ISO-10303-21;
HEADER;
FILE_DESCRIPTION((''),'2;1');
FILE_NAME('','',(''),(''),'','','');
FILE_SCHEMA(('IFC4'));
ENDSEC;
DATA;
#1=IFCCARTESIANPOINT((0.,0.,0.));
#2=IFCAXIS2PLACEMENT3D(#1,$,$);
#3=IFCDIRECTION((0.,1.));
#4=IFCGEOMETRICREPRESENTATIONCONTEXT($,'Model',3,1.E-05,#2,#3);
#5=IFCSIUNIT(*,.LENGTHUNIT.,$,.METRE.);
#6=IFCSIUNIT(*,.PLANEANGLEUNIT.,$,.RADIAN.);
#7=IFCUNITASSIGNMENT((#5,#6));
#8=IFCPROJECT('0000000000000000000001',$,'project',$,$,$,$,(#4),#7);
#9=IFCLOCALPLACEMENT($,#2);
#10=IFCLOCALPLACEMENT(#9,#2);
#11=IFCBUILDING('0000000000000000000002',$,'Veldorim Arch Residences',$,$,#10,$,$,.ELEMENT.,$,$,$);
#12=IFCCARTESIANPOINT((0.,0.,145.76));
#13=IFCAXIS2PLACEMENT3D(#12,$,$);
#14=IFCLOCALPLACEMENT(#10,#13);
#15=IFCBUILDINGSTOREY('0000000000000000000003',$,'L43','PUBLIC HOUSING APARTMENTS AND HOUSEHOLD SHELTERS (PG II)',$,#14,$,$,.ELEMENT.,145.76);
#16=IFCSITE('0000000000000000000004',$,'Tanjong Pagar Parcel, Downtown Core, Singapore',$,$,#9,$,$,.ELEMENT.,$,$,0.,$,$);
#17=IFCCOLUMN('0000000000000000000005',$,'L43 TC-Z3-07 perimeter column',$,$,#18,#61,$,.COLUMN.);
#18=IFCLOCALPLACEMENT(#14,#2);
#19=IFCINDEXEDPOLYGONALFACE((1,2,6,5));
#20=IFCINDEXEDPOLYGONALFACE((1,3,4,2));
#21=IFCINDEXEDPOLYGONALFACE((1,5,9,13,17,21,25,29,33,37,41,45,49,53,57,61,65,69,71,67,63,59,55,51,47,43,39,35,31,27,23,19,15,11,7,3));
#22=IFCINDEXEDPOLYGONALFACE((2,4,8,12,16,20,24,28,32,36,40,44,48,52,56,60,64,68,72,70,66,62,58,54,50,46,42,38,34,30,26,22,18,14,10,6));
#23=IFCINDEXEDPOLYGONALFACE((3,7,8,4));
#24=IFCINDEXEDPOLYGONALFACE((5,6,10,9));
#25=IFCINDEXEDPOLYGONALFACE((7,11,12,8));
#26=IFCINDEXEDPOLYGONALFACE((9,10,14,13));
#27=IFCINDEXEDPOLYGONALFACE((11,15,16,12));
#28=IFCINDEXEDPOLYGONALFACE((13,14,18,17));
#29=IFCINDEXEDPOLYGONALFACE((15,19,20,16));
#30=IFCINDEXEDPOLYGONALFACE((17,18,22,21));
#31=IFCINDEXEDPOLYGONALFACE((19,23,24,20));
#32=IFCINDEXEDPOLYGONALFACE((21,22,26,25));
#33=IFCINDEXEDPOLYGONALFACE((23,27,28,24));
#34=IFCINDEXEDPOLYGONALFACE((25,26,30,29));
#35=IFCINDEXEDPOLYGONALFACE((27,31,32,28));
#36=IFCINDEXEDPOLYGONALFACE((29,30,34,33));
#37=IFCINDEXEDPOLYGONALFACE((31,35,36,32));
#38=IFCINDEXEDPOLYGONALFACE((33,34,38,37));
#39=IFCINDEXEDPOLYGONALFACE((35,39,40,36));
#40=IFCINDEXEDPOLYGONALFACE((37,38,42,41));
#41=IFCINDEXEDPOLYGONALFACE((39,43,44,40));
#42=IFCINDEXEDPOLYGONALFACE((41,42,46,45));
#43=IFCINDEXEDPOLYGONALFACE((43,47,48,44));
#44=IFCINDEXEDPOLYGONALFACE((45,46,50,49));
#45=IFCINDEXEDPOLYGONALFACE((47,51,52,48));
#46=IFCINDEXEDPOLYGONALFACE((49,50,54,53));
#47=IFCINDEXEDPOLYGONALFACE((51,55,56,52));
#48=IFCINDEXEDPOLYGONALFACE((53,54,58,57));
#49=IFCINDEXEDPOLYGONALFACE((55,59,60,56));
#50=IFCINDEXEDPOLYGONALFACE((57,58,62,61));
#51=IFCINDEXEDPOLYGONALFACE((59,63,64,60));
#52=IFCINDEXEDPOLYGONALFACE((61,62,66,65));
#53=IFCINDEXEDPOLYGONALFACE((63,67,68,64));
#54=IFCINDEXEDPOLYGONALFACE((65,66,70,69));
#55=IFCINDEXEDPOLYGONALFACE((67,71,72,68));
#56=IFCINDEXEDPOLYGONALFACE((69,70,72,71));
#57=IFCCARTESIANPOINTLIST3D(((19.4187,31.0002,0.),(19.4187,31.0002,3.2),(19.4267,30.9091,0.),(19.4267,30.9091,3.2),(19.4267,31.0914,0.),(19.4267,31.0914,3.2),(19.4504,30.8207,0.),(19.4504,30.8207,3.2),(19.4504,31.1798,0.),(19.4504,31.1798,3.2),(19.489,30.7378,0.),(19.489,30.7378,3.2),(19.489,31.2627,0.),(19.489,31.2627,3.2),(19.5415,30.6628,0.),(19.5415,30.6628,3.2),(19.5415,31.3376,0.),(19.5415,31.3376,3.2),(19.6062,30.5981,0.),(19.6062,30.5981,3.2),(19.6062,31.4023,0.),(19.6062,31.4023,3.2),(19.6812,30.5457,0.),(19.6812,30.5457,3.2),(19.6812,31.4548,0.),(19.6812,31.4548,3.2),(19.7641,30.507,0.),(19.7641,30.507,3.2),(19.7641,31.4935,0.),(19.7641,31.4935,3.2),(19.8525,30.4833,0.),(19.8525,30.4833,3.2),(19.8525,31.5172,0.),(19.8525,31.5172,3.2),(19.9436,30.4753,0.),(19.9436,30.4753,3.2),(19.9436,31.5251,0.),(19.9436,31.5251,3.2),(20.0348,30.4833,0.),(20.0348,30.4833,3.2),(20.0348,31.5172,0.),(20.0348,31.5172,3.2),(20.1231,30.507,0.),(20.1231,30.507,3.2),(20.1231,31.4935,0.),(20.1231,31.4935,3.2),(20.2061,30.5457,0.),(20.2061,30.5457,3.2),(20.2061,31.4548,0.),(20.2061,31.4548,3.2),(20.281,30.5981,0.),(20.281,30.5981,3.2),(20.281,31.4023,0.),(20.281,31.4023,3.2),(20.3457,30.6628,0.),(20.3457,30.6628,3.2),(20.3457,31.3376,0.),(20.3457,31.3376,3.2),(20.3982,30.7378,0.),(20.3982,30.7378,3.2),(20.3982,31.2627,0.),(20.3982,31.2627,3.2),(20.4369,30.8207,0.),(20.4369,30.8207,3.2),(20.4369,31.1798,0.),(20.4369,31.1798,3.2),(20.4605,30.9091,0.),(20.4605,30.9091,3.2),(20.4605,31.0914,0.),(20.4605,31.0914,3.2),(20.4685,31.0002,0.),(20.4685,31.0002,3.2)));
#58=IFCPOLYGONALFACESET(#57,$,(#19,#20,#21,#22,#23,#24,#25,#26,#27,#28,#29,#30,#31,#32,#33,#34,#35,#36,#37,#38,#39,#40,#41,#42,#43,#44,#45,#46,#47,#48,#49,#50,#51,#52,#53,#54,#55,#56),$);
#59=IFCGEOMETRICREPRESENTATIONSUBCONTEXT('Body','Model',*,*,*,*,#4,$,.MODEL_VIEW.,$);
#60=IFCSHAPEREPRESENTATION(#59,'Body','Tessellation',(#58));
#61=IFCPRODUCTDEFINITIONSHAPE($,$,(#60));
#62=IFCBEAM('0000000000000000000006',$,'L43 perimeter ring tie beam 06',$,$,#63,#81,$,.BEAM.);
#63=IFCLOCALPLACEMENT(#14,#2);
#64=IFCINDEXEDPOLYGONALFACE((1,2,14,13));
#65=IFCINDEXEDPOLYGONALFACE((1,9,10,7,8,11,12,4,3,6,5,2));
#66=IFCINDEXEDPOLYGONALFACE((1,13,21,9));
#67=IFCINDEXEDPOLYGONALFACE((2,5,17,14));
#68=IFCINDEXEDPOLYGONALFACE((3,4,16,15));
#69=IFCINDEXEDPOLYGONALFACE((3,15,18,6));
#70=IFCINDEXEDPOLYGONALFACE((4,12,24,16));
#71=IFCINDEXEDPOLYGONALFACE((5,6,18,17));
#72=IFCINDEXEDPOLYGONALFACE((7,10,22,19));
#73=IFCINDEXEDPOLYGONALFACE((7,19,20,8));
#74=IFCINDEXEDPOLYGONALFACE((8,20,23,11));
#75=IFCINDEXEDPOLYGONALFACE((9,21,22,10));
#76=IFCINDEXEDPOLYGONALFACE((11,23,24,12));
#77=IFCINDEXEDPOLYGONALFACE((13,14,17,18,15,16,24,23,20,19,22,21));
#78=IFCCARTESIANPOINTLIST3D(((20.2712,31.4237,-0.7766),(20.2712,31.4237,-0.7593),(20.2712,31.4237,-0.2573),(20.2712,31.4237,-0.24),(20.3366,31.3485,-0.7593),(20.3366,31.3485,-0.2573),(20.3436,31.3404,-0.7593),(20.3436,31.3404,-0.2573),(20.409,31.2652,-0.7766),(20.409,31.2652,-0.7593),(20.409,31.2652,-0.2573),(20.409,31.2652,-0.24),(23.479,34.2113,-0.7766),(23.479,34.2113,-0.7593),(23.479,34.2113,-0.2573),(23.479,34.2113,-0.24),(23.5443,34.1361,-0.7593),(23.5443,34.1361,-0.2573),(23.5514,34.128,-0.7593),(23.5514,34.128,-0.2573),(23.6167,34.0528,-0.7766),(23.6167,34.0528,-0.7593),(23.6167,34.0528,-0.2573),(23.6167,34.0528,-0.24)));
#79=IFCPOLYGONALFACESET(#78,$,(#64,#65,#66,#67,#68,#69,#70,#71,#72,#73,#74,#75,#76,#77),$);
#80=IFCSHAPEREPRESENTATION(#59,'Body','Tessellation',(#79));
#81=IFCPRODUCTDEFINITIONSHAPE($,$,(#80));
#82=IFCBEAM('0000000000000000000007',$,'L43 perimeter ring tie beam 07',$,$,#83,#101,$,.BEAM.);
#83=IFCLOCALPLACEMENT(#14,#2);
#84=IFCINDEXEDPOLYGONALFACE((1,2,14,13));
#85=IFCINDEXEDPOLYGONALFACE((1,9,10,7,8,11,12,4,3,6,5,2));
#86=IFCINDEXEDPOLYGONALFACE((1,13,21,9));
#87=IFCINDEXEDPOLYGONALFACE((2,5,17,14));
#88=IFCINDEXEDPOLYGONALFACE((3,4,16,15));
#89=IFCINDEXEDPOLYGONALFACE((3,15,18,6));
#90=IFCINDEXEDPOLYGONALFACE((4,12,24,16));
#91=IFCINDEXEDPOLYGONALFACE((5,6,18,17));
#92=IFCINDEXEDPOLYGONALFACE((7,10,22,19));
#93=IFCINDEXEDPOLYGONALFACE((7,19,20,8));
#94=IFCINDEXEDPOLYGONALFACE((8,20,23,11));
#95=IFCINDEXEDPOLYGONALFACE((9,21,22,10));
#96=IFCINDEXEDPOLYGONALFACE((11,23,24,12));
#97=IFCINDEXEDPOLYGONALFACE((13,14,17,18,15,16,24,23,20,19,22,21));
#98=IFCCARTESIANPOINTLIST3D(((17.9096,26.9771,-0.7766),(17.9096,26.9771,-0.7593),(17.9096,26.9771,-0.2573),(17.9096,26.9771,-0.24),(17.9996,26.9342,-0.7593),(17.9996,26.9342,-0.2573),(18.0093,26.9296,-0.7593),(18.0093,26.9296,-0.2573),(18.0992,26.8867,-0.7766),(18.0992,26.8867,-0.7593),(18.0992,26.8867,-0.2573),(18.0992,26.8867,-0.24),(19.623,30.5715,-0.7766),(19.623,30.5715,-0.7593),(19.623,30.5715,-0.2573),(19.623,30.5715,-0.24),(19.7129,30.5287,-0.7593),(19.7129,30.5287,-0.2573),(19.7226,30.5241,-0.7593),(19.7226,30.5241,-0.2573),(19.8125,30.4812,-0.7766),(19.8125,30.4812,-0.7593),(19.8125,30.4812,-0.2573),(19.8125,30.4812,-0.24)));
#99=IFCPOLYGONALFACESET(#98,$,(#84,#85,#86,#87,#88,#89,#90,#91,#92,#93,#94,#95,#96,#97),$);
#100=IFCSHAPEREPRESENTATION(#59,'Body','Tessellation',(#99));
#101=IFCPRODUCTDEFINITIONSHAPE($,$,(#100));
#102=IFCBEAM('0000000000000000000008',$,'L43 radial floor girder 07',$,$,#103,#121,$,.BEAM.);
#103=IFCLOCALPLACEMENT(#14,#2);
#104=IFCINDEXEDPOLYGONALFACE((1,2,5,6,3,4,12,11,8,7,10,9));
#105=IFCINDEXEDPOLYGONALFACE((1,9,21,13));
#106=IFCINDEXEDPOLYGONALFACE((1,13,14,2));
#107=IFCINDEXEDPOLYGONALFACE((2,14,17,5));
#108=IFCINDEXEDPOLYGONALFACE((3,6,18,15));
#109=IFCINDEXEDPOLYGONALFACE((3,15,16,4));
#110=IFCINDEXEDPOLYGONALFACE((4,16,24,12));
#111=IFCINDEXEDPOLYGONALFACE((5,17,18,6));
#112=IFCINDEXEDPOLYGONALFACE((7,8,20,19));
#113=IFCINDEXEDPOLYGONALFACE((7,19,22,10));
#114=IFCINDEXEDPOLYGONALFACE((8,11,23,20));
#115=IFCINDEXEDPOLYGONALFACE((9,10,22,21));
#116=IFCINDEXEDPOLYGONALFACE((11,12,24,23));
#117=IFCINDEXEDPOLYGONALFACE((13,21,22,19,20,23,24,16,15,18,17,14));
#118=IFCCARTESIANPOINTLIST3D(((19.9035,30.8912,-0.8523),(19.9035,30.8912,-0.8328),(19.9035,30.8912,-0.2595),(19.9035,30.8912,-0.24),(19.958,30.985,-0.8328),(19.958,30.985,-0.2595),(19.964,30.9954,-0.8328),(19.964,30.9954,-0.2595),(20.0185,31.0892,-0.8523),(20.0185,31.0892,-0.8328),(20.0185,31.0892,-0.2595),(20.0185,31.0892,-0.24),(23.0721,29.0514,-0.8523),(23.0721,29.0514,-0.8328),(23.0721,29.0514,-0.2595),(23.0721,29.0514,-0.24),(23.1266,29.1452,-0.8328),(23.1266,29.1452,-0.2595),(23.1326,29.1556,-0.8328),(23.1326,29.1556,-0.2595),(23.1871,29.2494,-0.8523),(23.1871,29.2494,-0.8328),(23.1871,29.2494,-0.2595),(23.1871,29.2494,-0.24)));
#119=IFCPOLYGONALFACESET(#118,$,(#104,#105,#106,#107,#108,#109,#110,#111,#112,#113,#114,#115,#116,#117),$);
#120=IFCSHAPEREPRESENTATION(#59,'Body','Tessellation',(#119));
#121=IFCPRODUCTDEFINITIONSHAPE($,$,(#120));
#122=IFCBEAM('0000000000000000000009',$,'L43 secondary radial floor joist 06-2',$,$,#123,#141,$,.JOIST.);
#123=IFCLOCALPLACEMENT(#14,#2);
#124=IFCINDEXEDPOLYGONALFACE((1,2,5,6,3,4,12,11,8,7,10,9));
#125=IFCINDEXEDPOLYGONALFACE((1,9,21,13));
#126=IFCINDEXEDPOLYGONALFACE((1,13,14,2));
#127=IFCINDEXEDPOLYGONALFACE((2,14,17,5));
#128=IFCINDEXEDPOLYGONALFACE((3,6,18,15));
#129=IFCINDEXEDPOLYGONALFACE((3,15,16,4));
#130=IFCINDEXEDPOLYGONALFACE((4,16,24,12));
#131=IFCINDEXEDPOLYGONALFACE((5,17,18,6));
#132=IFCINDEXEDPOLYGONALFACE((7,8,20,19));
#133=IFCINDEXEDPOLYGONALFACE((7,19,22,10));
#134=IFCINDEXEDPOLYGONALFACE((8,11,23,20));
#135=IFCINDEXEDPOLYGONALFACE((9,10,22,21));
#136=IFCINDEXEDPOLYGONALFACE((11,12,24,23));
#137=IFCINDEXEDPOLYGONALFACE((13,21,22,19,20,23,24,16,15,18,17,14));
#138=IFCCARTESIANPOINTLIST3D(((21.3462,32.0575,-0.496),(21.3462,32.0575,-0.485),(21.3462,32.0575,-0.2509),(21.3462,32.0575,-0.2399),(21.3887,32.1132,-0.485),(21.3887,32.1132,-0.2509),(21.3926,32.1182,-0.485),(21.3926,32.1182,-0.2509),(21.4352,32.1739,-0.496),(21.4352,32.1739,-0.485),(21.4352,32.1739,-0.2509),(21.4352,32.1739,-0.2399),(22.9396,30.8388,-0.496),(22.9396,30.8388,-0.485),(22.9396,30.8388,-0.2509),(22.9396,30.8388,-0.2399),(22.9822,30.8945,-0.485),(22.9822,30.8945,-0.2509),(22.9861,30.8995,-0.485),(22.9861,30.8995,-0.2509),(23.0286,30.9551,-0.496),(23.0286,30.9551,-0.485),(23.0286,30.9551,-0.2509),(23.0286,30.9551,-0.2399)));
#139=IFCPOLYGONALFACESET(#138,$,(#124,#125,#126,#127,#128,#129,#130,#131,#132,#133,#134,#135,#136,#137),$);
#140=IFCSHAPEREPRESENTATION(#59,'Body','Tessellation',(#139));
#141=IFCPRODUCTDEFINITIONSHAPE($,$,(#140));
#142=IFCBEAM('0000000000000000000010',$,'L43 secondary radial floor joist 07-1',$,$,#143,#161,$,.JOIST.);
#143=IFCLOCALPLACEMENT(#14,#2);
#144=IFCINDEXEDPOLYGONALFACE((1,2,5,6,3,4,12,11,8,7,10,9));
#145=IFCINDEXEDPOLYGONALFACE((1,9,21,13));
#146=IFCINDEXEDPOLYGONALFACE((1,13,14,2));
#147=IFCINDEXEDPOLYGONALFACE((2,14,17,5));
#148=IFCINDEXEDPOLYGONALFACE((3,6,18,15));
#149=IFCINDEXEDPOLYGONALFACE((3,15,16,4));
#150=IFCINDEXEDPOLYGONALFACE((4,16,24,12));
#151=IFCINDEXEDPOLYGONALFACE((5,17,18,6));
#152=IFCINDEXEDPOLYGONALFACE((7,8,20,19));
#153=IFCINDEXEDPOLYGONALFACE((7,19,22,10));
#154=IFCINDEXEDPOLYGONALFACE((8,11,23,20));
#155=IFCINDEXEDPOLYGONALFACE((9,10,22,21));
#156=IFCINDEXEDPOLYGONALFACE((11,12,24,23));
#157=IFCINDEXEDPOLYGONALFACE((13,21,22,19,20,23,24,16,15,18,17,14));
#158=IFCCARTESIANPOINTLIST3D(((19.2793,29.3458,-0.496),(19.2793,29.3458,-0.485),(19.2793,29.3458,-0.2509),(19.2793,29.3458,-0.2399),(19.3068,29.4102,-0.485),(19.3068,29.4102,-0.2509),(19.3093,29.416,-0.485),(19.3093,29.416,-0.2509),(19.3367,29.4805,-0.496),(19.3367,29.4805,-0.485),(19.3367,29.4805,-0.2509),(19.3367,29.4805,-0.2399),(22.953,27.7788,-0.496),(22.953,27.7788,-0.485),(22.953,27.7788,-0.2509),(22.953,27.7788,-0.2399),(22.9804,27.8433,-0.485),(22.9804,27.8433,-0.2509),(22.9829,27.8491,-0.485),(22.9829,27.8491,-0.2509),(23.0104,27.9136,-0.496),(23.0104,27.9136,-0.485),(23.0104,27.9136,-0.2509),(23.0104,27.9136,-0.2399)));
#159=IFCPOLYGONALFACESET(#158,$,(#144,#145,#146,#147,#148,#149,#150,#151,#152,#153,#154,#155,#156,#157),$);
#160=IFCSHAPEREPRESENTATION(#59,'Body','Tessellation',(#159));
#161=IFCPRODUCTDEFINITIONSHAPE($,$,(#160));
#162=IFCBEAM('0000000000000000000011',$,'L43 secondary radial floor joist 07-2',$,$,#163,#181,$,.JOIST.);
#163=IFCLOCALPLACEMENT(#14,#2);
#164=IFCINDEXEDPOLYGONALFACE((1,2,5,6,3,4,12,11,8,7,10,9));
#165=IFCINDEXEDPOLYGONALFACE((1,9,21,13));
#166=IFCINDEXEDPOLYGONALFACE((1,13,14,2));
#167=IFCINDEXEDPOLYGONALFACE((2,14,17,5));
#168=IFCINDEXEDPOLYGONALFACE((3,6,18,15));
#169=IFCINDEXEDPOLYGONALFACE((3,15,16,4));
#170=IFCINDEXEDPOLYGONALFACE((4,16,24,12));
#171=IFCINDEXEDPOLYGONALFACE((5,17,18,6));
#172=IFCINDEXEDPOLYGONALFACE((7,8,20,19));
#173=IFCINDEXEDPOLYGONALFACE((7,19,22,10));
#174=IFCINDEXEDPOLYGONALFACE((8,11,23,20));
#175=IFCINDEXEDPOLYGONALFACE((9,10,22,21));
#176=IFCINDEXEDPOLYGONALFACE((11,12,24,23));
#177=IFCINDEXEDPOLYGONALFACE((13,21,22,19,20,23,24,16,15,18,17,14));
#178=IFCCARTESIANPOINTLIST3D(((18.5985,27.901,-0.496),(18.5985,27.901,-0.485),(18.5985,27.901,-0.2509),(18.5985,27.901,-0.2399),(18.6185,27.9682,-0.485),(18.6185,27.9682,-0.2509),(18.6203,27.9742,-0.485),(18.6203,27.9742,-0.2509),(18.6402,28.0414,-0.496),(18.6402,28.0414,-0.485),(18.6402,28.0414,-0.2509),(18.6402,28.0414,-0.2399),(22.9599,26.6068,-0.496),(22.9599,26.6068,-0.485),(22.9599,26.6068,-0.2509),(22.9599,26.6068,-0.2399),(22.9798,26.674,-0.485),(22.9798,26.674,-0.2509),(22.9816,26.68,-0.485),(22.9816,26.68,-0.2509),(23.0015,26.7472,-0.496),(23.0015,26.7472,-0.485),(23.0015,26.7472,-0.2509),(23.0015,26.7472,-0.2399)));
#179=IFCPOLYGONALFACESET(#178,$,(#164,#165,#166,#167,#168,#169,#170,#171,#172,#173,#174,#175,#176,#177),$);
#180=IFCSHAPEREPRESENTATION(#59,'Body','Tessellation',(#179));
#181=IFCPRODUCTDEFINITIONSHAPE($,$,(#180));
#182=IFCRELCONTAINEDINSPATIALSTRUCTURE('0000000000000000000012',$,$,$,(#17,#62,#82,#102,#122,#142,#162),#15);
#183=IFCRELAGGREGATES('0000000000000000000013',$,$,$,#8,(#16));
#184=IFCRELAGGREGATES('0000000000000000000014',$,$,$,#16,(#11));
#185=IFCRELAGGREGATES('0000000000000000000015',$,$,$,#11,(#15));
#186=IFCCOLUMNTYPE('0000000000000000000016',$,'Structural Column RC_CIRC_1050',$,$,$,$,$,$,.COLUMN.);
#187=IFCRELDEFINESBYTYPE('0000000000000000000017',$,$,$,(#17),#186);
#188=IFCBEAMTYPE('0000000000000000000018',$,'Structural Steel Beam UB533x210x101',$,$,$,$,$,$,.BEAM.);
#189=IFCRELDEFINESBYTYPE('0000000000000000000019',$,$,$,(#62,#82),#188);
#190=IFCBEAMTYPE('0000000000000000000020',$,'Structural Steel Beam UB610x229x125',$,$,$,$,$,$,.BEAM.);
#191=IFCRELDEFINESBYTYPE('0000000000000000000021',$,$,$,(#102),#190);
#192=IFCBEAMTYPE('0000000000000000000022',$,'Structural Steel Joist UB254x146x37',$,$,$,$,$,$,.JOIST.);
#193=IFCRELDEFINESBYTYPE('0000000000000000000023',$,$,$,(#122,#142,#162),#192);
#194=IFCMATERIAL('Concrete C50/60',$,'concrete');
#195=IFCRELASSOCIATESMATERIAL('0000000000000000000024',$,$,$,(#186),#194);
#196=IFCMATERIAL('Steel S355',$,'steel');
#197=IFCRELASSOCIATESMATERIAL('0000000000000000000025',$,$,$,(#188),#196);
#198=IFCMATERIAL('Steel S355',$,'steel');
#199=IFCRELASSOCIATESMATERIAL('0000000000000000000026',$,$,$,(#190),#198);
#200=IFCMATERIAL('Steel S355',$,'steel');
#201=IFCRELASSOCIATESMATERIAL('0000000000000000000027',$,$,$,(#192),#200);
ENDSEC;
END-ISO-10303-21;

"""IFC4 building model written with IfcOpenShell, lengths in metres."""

from ifc_helpers import new_model, si_unit, direction, frame, origin, origin_2d, place, context, subcontext, project, spatial, circle, i_section, extrude, material, material_profile, profile_set, type_object, element, save


model = new_model("IFC4")

# Units and contexts
model_context = context("Model", 3, precision=1e-05, world=origin(), true_north=direction((0.0, 1.0)))
body_context = subcontext(model_context, "Body", "Model", "MODEL_VIEW")
ifc_project = project(units=[si_unit("LENGTHUNIT", "METRE"), si_unit("PLANEANGLEUNIT", "RADIAN")], contexts=[model_context])

# Site, building, storey
site_placement = place(None, origin())
site = spatial("IfcSite", under=ifc_project, at=site_placement, Name="Tanjong Pagar Parcel, Downtown Core, Singapore", CompositionType="ELEMENT", RefElevation=0.0)
building_placement = place(site_placement, origin())
building = spatial("IfcBuilding", under=site, at=building_placement, Name="Veldorim Arch Residences", CompositionType="ELEMENT")
storey_placement = place(building_placement, frame((0.0, 0.0, 145.76)))
storey = spatial("IfcBuildingStorey", under=building, at=storey_placement, Name="L43", Description="PUBLIC HOUSING APARTMENTS AND HOUSEHOLD SHELTERS (PG II)", CompositionType="ELEMENT", Elevation=145.76)

# Column
ifc_material_1 = material(Name="Concrete C50/60", Category="concrete")
ifc_material_profile_1 = material_profile(ifc_material_1, circle(Radius=0.5249, at=origin_2d()), Name="RC_CIRC_1050")
ifc_profile_set_1 = profile_set([ifc_material_profile_1], Name="Concrete C50/60")
column_type = type_object("IfcColumnType", Name="Structural Column RC_CIRC_1050", PredefinedType="COLUMN", material=ifc_profile_set_1)
column_placement = place(storey_placement, frame((19.9436, 31.0002, 0.0), z_axis=(0.0, 0.0, 1.0), x_axis=(1.0, 0.0, 0.0)))
element("IfcColumn", 1, at=column_placement, inside=storey, type_object=column_type, Name="L43 TC-Z3-07 perimeter column", PredefinedType="COLUMN", context=body_context, shape_type="SweptSolid", body=[
    extrude(circle(Radius=0.5249, at=origin_2d()), origin(), (0.0, 0.0, 1.0), 3.2),
])

# Beams
ifc_material_2 = material(Name="Steel S355", Category="steel")
ifc_material_profile_2 = material_profile(ifc_material_2, i_section(OverallWidth=0.21, OverallDepth=0.5366, WebThickness=0.0107, FlangeThickness=0.0173, at=origin_2d()), Name="UB533x210x101")
ifc_profile_set_2 = profile_set([ifc_material_profile_2], Name="Steel S355")
beam_type_1 = type_object("IfcBeamType", Name="Structural Steel Beam UB533x210x101", PredefinedType="BEAM", material=ifc_profile_set_2)
beam_1_placement = place(storey_placement, frame((23.5479, 34.1321, -0.5083), z_axis=(-0.754811, -0.655943, 0.0), x_axis=(0.655943, -0.754811, 0.0)))
element("IfcBeam", 2, at=beam_1_placement, inside=storey, type_object=beam_type_1, Name="L43 perimeter ring tie beam 06", PredefinedType="BEAM", context=body_context, shape_type="SweptSolid", body=[
    extrude(i_section(OverallWidth=0.21, OverallDepth=0.5366, WebThickness=0.0107, FlangeThickness=0.0173, at=origin_2d()), origin(), (0.0, 0.0, 1.0), 4.2498),
])
beam_2_placement = place(storey_placement, frame((19.7178, 30.5264, -0.5083), z_axis=(-0.430286, -0.902693, 0.0), x_axis=(0.902693, -0.430286, 0.0)))
element("IfcBeam", 3, at=beam_2_placement, inside=storey, type_object=beam_type_1, Name="L43 perimeter ring tie beam 07", PredefinedType="BEAM", context=body_context, shape_type="SweptSolid", body=[
    extrude(i_section(OverallWidth=0.21, OverallDepth=0.5366, WebThickness=0.0107, FlangeThickness=0.0173, at=origin_2d()), origin(), (0.0, 0.0, 1.0), 3.9819),
])
ifc_material_3 = material(Name="Steel S355", Category="steel")
ifc_material_profile_3 = material_profile(ifc_material_3, i_section(OverallWidth=0.229, OverallDepth=0.6123, WebThickness=0.012, FlangeThickness=0.0195, at=origin_2d()), Name="UB610x229x125")
ifc_profile_set_3 = profile_set([ifc_material_profile_3], Name="Steel S355")
beam_type_2 = type_object("IfcBeamType", Name="Structural Steel Beam UB610x229x125", PredefinedType="BEAM", material=ifc_profile_set_3)
beam_3_placement = place(storey_placement, frame((23.1296, 29.1504, -0.5461), z_axis=(-0.864795, 0.502126, 0.0), x_axis=(-0.502126, -0.864795, 0.0)))
element("IfcBeam", 4, at=beam_3_placement, inside=storey, type_object=beam_type_2, Name="L43 radial floor girder 07", PredefinedType="BEAM", context=body_context, shape_type="SweptSolid", body=[
    extrude(i_section(OverallWidth=0.229, OverallDepth=0.6123, WebThickness=0.012, FlangeThickness=0.0195, at=origin_2d()), origin(), (0.0, 0.0, 1.0), 3.6641),
])
ifc_material_4 = material(Name="Steel S355", Category="steel")
ifc_material_profile_4 = material_profile(ifc_material_4, i_section(OverallWidth=0.1465, OverallDepth=0.2561, WebThickness=0.0063, FlangeThickness=0.011, at=origin_2d()), Name="UB254x146x37")
ifc_profile_set_4 = profile_set([ifc_material_profile_4], Name="Steel S355")
beam_type_3 = type_object("IfcBeamType", Name="Structural Steel Joist UB254x146x37", PredefinedType="JOIST", material=ifc_profile_set_4)
beam_4_placement = place(storey_placement, frame((22.9841, 30.897, -0.3679), z_axis=(-0.794313, 0.607509, 0.0), x_axis=(-0.607509, -0.794313, 0.0)))
element("IfcBeam", 5, at=beam_4_placement, inside=storey, type_object=beam_type_3, Name="L43 secondary radial floor joist 06-2", PredefinedType="JOIST", context=body_context, shape_type="SweptSolid", body=[
    extrude(i_section(OverallWidth=0.1465, OverallDepth=0.2561, WebThickness=0.0063, FlangeThickness=0.011, at=origin_2d()), origin(), (0.0, 0.0, 1.0), 2.0061),
])
beam_5_placement = place(storey_placement, frame((22.9817, 27.8462, -0.3679), z_axis=(-0.919823, 0.392332, 0.0), x_axis=(-0.392332, -0.919823, 0.0)))
element("IfcBeam", 6, at=beam_5_placement, inside=storey, type_object=beam_type_3, Name="L43 secondary radial floor joist 07-1", PredefinedType="JOIST", context=body_context, shape_type="SweptSolid", body=[
    extrude(i_section(OverallWidth=0.1465, OverallDepth=0.2561, WebThickness=0.0063, FlangeThickness=0.011, at=origin_2d()), origin(), (0.0, 0.0, 1.0), 3.9939),
])
beam_6_placement = place(storey_placement, frame((22.9807, 26.677, -0.3679), z_axis=(-0.958682, 0.284481, 0.0), x_axis=(-0.284481, -0.958682, 0.0)))
element("IfcBeam", 7, at=beam_6_placement, inside=storey, type_object=beam_type_3, Name="L43 secondary radial floor joist 07-2", PredefinedType="JOIST", context=body_context, shape_type="SweptSolid", body=[
    extrude(i_section(OverallWidth=0.1465, OverallDepth=0.2561, WebThickness=0.0063, FlangeThickness=0.011, at=origin_2d()), origin(), (0.0, 0.0, 1.0), 4.5493),
])

save(model, "model.ifc")
